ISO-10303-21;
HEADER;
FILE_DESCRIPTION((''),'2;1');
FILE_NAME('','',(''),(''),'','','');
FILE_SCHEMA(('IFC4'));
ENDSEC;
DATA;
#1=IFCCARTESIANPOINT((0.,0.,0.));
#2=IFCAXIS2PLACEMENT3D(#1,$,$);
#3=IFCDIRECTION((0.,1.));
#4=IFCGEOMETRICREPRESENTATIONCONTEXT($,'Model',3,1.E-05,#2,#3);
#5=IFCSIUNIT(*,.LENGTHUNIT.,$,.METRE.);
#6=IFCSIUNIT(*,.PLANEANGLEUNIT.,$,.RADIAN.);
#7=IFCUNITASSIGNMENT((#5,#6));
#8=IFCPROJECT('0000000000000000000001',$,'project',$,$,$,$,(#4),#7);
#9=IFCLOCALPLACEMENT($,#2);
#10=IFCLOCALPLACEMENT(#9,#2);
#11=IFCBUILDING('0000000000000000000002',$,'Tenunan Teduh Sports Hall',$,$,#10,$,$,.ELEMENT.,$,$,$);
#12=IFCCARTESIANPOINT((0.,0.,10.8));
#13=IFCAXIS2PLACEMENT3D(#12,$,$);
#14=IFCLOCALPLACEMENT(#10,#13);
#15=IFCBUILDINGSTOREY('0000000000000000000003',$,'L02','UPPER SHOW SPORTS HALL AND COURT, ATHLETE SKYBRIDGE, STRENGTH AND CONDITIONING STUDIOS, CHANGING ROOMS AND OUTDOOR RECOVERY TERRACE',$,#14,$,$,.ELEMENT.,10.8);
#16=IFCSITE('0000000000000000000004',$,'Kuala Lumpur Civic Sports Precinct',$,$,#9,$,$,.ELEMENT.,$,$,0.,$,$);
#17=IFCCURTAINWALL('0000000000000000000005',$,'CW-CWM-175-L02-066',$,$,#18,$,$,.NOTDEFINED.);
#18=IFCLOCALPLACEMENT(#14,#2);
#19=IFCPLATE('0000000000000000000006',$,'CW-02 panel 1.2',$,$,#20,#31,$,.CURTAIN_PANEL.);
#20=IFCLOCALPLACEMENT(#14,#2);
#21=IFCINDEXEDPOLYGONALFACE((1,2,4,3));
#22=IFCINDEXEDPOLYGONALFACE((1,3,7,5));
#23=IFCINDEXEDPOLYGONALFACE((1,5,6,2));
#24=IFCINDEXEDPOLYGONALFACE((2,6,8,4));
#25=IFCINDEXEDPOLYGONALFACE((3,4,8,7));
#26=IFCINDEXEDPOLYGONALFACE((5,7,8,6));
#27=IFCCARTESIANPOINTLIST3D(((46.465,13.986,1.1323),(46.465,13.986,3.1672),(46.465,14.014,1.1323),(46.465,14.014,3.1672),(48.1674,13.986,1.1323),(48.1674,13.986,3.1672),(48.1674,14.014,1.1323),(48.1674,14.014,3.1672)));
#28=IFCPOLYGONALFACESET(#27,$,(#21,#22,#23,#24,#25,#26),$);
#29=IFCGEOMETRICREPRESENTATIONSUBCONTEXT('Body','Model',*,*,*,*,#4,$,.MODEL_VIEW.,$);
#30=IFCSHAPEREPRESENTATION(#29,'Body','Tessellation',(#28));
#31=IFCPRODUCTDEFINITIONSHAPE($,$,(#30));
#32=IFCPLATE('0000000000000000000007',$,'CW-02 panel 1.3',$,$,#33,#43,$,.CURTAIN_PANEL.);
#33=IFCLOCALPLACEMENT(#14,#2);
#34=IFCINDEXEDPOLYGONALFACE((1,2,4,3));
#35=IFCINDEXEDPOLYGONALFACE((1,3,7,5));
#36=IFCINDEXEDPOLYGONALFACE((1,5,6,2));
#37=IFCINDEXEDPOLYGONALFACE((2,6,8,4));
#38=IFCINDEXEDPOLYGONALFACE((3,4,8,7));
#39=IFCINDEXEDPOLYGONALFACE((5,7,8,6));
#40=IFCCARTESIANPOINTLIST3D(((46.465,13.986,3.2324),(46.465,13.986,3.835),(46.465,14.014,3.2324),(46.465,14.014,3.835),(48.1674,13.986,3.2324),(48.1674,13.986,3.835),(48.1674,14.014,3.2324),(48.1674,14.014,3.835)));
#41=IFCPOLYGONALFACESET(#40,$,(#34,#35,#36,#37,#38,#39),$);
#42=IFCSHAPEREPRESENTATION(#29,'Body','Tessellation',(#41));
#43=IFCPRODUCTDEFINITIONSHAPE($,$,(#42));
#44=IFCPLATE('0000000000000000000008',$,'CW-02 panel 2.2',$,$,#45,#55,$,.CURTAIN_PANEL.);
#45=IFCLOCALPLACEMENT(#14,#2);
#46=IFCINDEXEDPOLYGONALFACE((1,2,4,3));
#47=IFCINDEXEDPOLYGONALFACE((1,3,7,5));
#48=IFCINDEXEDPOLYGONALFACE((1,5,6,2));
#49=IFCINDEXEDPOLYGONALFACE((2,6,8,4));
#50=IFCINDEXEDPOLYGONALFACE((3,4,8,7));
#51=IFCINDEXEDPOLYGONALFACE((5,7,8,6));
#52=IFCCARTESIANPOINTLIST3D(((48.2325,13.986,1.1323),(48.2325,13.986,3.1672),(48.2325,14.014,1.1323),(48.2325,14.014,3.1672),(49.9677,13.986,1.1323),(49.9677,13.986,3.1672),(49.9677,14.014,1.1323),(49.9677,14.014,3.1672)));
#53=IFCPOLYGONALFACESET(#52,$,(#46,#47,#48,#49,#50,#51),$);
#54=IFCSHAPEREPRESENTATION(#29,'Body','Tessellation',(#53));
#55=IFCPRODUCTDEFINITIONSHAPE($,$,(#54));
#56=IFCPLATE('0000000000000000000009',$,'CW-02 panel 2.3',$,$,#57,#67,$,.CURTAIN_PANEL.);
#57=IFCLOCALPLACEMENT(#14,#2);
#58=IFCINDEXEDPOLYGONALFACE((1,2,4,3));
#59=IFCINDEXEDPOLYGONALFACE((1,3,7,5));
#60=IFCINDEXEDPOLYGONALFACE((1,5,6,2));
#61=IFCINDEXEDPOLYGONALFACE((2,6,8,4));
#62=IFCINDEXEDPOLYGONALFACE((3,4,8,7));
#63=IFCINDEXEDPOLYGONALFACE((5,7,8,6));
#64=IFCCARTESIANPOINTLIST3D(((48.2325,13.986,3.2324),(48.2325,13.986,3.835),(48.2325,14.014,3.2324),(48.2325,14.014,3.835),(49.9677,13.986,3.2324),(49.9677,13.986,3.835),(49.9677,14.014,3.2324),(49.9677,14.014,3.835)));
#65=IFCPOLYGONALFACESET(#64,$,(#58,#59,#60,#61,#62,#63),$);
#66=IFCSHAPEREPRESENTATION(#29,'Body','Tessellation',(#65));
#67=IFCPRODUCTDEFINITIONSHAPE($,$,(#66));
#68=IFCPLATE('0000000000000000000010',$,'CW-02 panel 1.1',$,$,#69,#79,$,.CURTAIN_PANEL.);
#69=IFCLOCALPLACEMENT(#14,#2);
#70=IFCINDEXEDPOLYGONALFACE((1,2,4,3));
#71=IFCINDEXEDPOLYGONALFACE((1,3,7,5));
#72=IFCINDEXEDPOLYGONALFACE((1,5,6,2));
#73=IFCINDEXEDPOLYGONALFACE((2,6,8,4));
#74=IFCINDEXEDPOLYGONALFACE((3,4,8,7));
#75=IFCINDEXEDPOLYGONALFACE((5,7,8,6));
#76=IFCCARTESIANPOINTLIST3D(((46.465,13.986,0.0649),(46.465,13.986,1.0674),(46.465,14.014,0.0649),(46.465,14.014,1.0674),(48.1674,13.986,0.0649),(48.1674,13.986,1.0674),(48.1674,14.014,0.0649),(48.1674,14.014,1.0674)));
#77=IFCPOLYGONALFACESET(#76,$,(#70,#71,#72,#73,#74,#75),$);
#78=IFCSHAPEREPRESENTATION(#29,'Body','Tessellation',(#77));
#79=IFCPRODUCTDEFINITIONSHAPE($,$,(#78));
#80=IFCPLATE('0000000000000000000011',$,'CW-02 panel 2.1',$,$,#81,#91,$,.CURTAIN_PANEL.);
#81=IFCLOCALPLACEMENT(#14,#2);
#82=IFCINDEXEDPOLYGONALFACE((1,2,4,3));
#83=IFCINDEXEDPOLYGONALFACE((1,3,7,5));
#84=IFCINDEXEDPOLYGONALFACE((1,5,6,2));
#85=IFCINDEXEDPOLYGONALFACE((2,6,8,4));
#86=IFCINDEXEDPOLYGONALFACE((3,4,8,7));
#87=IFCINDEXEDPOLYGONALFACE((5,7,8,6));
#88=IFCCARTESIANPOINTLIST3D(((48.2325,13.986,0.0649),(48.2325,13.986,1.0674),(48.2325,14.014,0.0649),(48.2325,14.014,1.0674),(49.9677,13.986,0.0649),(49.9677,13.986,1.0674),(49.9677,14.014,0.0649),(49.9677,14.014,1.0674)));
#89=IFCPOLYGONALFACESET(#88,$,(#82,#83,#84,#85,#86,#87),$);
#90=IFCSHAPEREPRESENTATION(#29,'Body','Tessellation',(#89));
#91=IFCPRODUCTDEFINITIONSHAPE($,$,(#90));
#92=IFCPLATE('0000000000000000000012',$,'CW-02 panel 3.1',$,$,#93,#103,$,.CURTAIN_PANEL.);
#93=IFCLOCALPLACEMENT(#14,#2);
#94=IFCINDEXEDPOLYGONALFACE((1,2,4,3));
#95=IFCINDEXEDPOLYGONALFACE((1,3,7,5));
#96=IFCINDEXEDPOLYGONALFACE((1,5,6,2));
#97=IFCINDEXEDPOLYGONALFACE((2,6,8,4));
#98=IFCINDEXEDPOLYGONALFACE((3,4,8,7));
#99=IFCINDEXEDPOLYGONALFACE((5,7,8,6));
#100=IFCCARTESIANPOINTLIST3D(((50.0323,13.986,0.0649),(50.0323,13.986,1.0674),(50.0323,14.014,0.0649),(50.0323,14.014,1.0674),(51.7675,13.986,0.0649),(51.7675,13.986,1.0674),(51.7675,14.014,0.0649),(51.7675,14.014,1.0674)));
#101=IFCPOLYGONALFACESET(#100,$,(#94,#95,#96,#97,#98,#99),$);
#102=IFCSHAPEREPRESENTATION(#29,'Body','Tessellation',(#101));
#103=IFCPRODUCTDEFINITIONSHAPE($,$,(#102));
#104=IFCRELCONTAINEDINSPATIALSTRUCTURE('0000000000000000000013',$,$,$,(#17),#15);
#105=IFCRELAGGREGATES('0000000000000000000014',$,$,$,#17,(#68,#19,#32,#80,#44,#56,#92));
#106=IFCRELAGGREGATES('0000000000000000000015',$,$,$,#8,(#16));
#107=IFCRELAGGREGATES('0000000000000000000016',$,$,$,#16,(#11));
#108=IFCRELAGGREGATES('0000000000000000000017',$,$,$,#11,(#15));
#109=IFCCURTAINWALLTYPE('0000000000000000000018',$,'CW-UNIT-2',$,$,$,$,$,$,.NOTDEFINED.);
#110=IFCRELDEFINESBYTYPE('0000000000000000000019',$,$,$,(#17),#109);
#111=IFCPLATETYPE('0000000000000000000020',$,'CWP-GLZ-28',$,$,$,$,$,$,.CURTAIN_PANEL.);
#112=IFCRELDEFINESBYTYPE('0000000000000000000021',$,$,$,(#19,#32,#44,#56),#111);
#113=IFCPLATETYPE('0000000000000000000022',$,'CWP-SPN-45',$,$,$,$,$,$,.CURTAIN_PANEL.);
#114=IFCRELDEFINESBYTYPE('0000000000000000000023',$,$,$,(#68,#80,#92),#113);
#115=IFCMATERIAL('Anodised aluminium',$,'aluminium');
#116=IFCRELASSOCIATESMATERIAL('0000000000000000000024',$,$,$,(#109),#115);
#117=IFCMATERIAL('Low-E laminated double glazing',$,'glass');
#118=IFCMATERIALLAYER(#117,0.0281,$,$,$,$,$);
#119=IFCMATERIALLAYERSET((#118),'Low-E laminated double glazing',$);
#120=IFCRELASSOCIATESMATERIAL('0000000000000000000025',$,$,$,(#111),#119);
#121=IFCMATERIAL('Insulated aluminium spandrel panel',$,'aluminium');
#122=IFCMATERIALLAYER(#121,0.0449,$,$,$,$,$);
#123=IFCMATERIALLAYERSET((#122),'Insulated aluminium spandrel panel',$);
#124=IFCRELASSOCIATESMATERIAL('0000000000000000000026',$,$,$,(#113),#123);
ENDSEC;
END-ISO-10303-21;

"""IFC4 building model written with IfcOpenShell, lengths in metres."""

from ifc_helpers import new_model, si_unit, direction, frame, origin, origin_2d, place, context, subcontext, project, spatial, rectangle, extrude, material, layer, layer_set, type_object, element, aggregate, save


model = new_model("IFC4")

# Units and contexts
model_context = context("Model", 3, precision=1e-05, world=origin(), true_north=direction((0.0, 1.0)))
body_context = subcontext(model_context, "Body", "Model", "MODEL_VIEW")
ifc_project = project(units=[si_unit("LENGTHUNIT", "METRE"), si_unit("PLANEANGLEUNIT", "RADIAN")], contexts=[model_context])

# Site, building, storey
site_placement = place(None, origin())
site = spatial("IfcSite", under=ifc_project, at=site_placement, Name="Kuala Lumpur Civic Sports Precinct", CompositionType="ELEMENT", RefElevation=0.0)
building_placement = place(site_placement, origin())
building = spatial("IfcBuilding", under=site, at=building_placement, Name="Tenunan Teduh Sports Hall", CompositionType="ELEMENT")
storey_placement = place(building_placement, frame((0.0, 0.0, 10.8)))
storey = spatial("IfcBuildingStorey", under=building, at=storey_placement, Name="L02", Description="UPPER SHOW SPORTS HALL AND COURT, ATHLETE SKYBRIDGE, STRENGTH AND CONDITIONING STUDIOS, CHANGING ROOMS AND OUTDOOR RECOVERY TERRACE", CompositionType="ELEMENT", Elevation=10.8)

# Curtain wall, plates
ifc_material_1 = material(Name="Anodised aluminium", Category="aluminium")
curtain_wall_type = type_object("IfcCurtainWallType", Name="CW-UNIT-2", PredefinedType="NOTDEFINED", material=ifc_material_1)
curtain_wall_placement = place(storey_placement, origin())
curtain_wall = element("IfcCurtainWall", 1, at=curtain_wall_placement, inside=storey, type_object=curtain_wall_type, Name="CW-CWM-175-L02-066", PredefinedType="NOTDEFINED")
ifc_material_2 = material(Name="Low-E laminated double glazing", Category="glass")
ifc_layer_1 = layer(ifc_material_2, 0.0281)
ifc_layer_set_1 = layer_set([ifc_layer_1], Name="Low-E laminated double glazing")
plate_type_1 = type_object("IfcPlateType", Name="CWP-GLZ-28", PredefinedType="CURTAIN_PANEL", material=ifc_layer_set_1)
plate_1_placement = place(storey_placement, frame((47.3162, 14.0, 1.1323), z_axis=(0.0, 0.0, 1.0), x_axis=(1.0, 0.0, 0.0)))
plate_1 = element("IfcPlate", 2, at=plate_1_placement, type_object=plate_type_1, Name="CW-02 panel 1.2", PredefinedType="CURTAIN_PANEL", context=body_context, shape_type="SweptSolid", body=[
    extrude(rectangle(XDim=1.7024, YDim=0.0281, at=origin_2d()), origin(), (0.0, 0.0, 1.0), 2.0349),
])
plate_2_placement = place(storey_placement, frame((47.3162, 14.0, 3.2324), z_axis=(0.0, 0.0, 1.0), x_axis=(1.0, 0.0, 0.0)))
plate_2 = element("IfcPlate", 3, at=plate_2_placement, type_object=plate_type_1, Name="CW-02 panel 1.3", PredefinedType="CURTAIN_PANEL", context=body_context, shape_type="SweptSolid", body=[
    extrude(rectangle(XDim=1.7024, YDim=0.0281, at=origin_2d()), origin(), (0.0, 0.0, 1.0), 0.6025),
])
plate_3_placement = place(storey_placement, frame((49.1001, 14.0, 1.1323), z_axis=(0.0, 0.0, 1.0), x_axis=(1.0, 0.0, 0.0)))
plate_3 = element("IfcPlate", 4, at=plate_3_placement, type_object=plate_type_1, Name="CW-02 panel 2.2", PredefinedType="CURTAIN_PANEL", context=body_context, shape_type="SweptSolid", body=[
    extrude(rectangle(XDim=1.7351, YDim=0.0281, at=origin_2d()), origin(), (0.0, 0.0, 1.0), 2.0349),
])
plate_4_placement = place(storey_placement, frame((49.1001, 14.0, 3.2324), z_axis=(0.0, 0.0, 1.0), x_axis=(1.0, 0.0, 0.0)))
plate_4 = element("IfcPlate", 5, at=plate_4_placement, type_object=plate_type_1, Name="CW-02 panel 2.3", PredefinedType="CURTAIN_PANEL", context=body_context, shape_type="SweptSolid", body=[
    extrude(rectangle(XDim=1.7351, YDim=0.0281, at=origin_2d()), origin(), (0.0, 0.0, 1.0), 0.6025),
])
ifc_material_3 = material(Name="Insulated aluminium spandrel panel", Category="aluminium")
ifc_layer_2 = layer(ifc_material_3, 0.0449)
ifc_layer_set_2 = layer_set([ifc_layer_2], Name="Insulated aluminium spandrel panel")
plate_type_2 = type_object("IfcPlateType", Name="CWP-SPN-45", PredefinedType="CURTAIN_PANEL", material=ifc_layer_set_2)
plate_5_placement = place(storey_placement, frame((47.3162, 14.0, 0.0649), z_axis=(0.0, 0.0, 1.0), x_axis=(1.0, 0.0, 0.0)))
plate_5 = element("IfcPlate", 6, at=plate_5_placement, type_object=plate_type_2, Name="CW-02 panel 1.1", PredefinedType="CURTAIN_PANEL", context=body_context, shape_type="SweptSolid", body=[
    extrude(rectangle(XDim=1.7024, YDim=0.0281, at=origin_2d()), origin(), (0.0, 0.0, 1.0), 1.0024),
])
plate_6_placement = place(storey_placement, frame((49.1001, 14.0, 0.0649), z_axis=(0.0, 0.0, 1.0), x_axis=(1.0, 0.0, 0.0)))
plate_6 = element("IfcPlate", 7, at=plate_6_placement, type_object=plate_type_2, Name="CW-02 panel 2.1", PredefinedType="CURTAIN_PANEL", context=body_context, shape_type="SweptSolid", body=[
    extrude(rectangle(XDim=1.7351, YDim=0.0281, at=origin_2d()), origin(), (0.0, 0.0, 1.0), 1.0024),
])
plate_7_placement = place(storey_placement, frame((50.8999, 14.0, 0.0649), z_axis=(0.0, 0.0, 1.0), x_axis=(1.0, 0.0, 0.0)))
plate_7 = element("IfcPlate", 8, at=plate_7_placement, type_object=plate_type_2, Name="CW-02 panel 3.1", PredefinedType="CURTAIN_PANEL", context=body_context, shape_type="SweptSolid", body=[
    extrude(rectangle(XDim=1.7351, YDim=0.0281, at=origin_2d()), origin(), (0.0, 0.0, 1.0), 1.0024),
])
aggregate(curtain_wall, [plate_5, plate_1, plate_2, plate_6, plate_3, plate_4, plate_7])

save(model, "model.ifc")
